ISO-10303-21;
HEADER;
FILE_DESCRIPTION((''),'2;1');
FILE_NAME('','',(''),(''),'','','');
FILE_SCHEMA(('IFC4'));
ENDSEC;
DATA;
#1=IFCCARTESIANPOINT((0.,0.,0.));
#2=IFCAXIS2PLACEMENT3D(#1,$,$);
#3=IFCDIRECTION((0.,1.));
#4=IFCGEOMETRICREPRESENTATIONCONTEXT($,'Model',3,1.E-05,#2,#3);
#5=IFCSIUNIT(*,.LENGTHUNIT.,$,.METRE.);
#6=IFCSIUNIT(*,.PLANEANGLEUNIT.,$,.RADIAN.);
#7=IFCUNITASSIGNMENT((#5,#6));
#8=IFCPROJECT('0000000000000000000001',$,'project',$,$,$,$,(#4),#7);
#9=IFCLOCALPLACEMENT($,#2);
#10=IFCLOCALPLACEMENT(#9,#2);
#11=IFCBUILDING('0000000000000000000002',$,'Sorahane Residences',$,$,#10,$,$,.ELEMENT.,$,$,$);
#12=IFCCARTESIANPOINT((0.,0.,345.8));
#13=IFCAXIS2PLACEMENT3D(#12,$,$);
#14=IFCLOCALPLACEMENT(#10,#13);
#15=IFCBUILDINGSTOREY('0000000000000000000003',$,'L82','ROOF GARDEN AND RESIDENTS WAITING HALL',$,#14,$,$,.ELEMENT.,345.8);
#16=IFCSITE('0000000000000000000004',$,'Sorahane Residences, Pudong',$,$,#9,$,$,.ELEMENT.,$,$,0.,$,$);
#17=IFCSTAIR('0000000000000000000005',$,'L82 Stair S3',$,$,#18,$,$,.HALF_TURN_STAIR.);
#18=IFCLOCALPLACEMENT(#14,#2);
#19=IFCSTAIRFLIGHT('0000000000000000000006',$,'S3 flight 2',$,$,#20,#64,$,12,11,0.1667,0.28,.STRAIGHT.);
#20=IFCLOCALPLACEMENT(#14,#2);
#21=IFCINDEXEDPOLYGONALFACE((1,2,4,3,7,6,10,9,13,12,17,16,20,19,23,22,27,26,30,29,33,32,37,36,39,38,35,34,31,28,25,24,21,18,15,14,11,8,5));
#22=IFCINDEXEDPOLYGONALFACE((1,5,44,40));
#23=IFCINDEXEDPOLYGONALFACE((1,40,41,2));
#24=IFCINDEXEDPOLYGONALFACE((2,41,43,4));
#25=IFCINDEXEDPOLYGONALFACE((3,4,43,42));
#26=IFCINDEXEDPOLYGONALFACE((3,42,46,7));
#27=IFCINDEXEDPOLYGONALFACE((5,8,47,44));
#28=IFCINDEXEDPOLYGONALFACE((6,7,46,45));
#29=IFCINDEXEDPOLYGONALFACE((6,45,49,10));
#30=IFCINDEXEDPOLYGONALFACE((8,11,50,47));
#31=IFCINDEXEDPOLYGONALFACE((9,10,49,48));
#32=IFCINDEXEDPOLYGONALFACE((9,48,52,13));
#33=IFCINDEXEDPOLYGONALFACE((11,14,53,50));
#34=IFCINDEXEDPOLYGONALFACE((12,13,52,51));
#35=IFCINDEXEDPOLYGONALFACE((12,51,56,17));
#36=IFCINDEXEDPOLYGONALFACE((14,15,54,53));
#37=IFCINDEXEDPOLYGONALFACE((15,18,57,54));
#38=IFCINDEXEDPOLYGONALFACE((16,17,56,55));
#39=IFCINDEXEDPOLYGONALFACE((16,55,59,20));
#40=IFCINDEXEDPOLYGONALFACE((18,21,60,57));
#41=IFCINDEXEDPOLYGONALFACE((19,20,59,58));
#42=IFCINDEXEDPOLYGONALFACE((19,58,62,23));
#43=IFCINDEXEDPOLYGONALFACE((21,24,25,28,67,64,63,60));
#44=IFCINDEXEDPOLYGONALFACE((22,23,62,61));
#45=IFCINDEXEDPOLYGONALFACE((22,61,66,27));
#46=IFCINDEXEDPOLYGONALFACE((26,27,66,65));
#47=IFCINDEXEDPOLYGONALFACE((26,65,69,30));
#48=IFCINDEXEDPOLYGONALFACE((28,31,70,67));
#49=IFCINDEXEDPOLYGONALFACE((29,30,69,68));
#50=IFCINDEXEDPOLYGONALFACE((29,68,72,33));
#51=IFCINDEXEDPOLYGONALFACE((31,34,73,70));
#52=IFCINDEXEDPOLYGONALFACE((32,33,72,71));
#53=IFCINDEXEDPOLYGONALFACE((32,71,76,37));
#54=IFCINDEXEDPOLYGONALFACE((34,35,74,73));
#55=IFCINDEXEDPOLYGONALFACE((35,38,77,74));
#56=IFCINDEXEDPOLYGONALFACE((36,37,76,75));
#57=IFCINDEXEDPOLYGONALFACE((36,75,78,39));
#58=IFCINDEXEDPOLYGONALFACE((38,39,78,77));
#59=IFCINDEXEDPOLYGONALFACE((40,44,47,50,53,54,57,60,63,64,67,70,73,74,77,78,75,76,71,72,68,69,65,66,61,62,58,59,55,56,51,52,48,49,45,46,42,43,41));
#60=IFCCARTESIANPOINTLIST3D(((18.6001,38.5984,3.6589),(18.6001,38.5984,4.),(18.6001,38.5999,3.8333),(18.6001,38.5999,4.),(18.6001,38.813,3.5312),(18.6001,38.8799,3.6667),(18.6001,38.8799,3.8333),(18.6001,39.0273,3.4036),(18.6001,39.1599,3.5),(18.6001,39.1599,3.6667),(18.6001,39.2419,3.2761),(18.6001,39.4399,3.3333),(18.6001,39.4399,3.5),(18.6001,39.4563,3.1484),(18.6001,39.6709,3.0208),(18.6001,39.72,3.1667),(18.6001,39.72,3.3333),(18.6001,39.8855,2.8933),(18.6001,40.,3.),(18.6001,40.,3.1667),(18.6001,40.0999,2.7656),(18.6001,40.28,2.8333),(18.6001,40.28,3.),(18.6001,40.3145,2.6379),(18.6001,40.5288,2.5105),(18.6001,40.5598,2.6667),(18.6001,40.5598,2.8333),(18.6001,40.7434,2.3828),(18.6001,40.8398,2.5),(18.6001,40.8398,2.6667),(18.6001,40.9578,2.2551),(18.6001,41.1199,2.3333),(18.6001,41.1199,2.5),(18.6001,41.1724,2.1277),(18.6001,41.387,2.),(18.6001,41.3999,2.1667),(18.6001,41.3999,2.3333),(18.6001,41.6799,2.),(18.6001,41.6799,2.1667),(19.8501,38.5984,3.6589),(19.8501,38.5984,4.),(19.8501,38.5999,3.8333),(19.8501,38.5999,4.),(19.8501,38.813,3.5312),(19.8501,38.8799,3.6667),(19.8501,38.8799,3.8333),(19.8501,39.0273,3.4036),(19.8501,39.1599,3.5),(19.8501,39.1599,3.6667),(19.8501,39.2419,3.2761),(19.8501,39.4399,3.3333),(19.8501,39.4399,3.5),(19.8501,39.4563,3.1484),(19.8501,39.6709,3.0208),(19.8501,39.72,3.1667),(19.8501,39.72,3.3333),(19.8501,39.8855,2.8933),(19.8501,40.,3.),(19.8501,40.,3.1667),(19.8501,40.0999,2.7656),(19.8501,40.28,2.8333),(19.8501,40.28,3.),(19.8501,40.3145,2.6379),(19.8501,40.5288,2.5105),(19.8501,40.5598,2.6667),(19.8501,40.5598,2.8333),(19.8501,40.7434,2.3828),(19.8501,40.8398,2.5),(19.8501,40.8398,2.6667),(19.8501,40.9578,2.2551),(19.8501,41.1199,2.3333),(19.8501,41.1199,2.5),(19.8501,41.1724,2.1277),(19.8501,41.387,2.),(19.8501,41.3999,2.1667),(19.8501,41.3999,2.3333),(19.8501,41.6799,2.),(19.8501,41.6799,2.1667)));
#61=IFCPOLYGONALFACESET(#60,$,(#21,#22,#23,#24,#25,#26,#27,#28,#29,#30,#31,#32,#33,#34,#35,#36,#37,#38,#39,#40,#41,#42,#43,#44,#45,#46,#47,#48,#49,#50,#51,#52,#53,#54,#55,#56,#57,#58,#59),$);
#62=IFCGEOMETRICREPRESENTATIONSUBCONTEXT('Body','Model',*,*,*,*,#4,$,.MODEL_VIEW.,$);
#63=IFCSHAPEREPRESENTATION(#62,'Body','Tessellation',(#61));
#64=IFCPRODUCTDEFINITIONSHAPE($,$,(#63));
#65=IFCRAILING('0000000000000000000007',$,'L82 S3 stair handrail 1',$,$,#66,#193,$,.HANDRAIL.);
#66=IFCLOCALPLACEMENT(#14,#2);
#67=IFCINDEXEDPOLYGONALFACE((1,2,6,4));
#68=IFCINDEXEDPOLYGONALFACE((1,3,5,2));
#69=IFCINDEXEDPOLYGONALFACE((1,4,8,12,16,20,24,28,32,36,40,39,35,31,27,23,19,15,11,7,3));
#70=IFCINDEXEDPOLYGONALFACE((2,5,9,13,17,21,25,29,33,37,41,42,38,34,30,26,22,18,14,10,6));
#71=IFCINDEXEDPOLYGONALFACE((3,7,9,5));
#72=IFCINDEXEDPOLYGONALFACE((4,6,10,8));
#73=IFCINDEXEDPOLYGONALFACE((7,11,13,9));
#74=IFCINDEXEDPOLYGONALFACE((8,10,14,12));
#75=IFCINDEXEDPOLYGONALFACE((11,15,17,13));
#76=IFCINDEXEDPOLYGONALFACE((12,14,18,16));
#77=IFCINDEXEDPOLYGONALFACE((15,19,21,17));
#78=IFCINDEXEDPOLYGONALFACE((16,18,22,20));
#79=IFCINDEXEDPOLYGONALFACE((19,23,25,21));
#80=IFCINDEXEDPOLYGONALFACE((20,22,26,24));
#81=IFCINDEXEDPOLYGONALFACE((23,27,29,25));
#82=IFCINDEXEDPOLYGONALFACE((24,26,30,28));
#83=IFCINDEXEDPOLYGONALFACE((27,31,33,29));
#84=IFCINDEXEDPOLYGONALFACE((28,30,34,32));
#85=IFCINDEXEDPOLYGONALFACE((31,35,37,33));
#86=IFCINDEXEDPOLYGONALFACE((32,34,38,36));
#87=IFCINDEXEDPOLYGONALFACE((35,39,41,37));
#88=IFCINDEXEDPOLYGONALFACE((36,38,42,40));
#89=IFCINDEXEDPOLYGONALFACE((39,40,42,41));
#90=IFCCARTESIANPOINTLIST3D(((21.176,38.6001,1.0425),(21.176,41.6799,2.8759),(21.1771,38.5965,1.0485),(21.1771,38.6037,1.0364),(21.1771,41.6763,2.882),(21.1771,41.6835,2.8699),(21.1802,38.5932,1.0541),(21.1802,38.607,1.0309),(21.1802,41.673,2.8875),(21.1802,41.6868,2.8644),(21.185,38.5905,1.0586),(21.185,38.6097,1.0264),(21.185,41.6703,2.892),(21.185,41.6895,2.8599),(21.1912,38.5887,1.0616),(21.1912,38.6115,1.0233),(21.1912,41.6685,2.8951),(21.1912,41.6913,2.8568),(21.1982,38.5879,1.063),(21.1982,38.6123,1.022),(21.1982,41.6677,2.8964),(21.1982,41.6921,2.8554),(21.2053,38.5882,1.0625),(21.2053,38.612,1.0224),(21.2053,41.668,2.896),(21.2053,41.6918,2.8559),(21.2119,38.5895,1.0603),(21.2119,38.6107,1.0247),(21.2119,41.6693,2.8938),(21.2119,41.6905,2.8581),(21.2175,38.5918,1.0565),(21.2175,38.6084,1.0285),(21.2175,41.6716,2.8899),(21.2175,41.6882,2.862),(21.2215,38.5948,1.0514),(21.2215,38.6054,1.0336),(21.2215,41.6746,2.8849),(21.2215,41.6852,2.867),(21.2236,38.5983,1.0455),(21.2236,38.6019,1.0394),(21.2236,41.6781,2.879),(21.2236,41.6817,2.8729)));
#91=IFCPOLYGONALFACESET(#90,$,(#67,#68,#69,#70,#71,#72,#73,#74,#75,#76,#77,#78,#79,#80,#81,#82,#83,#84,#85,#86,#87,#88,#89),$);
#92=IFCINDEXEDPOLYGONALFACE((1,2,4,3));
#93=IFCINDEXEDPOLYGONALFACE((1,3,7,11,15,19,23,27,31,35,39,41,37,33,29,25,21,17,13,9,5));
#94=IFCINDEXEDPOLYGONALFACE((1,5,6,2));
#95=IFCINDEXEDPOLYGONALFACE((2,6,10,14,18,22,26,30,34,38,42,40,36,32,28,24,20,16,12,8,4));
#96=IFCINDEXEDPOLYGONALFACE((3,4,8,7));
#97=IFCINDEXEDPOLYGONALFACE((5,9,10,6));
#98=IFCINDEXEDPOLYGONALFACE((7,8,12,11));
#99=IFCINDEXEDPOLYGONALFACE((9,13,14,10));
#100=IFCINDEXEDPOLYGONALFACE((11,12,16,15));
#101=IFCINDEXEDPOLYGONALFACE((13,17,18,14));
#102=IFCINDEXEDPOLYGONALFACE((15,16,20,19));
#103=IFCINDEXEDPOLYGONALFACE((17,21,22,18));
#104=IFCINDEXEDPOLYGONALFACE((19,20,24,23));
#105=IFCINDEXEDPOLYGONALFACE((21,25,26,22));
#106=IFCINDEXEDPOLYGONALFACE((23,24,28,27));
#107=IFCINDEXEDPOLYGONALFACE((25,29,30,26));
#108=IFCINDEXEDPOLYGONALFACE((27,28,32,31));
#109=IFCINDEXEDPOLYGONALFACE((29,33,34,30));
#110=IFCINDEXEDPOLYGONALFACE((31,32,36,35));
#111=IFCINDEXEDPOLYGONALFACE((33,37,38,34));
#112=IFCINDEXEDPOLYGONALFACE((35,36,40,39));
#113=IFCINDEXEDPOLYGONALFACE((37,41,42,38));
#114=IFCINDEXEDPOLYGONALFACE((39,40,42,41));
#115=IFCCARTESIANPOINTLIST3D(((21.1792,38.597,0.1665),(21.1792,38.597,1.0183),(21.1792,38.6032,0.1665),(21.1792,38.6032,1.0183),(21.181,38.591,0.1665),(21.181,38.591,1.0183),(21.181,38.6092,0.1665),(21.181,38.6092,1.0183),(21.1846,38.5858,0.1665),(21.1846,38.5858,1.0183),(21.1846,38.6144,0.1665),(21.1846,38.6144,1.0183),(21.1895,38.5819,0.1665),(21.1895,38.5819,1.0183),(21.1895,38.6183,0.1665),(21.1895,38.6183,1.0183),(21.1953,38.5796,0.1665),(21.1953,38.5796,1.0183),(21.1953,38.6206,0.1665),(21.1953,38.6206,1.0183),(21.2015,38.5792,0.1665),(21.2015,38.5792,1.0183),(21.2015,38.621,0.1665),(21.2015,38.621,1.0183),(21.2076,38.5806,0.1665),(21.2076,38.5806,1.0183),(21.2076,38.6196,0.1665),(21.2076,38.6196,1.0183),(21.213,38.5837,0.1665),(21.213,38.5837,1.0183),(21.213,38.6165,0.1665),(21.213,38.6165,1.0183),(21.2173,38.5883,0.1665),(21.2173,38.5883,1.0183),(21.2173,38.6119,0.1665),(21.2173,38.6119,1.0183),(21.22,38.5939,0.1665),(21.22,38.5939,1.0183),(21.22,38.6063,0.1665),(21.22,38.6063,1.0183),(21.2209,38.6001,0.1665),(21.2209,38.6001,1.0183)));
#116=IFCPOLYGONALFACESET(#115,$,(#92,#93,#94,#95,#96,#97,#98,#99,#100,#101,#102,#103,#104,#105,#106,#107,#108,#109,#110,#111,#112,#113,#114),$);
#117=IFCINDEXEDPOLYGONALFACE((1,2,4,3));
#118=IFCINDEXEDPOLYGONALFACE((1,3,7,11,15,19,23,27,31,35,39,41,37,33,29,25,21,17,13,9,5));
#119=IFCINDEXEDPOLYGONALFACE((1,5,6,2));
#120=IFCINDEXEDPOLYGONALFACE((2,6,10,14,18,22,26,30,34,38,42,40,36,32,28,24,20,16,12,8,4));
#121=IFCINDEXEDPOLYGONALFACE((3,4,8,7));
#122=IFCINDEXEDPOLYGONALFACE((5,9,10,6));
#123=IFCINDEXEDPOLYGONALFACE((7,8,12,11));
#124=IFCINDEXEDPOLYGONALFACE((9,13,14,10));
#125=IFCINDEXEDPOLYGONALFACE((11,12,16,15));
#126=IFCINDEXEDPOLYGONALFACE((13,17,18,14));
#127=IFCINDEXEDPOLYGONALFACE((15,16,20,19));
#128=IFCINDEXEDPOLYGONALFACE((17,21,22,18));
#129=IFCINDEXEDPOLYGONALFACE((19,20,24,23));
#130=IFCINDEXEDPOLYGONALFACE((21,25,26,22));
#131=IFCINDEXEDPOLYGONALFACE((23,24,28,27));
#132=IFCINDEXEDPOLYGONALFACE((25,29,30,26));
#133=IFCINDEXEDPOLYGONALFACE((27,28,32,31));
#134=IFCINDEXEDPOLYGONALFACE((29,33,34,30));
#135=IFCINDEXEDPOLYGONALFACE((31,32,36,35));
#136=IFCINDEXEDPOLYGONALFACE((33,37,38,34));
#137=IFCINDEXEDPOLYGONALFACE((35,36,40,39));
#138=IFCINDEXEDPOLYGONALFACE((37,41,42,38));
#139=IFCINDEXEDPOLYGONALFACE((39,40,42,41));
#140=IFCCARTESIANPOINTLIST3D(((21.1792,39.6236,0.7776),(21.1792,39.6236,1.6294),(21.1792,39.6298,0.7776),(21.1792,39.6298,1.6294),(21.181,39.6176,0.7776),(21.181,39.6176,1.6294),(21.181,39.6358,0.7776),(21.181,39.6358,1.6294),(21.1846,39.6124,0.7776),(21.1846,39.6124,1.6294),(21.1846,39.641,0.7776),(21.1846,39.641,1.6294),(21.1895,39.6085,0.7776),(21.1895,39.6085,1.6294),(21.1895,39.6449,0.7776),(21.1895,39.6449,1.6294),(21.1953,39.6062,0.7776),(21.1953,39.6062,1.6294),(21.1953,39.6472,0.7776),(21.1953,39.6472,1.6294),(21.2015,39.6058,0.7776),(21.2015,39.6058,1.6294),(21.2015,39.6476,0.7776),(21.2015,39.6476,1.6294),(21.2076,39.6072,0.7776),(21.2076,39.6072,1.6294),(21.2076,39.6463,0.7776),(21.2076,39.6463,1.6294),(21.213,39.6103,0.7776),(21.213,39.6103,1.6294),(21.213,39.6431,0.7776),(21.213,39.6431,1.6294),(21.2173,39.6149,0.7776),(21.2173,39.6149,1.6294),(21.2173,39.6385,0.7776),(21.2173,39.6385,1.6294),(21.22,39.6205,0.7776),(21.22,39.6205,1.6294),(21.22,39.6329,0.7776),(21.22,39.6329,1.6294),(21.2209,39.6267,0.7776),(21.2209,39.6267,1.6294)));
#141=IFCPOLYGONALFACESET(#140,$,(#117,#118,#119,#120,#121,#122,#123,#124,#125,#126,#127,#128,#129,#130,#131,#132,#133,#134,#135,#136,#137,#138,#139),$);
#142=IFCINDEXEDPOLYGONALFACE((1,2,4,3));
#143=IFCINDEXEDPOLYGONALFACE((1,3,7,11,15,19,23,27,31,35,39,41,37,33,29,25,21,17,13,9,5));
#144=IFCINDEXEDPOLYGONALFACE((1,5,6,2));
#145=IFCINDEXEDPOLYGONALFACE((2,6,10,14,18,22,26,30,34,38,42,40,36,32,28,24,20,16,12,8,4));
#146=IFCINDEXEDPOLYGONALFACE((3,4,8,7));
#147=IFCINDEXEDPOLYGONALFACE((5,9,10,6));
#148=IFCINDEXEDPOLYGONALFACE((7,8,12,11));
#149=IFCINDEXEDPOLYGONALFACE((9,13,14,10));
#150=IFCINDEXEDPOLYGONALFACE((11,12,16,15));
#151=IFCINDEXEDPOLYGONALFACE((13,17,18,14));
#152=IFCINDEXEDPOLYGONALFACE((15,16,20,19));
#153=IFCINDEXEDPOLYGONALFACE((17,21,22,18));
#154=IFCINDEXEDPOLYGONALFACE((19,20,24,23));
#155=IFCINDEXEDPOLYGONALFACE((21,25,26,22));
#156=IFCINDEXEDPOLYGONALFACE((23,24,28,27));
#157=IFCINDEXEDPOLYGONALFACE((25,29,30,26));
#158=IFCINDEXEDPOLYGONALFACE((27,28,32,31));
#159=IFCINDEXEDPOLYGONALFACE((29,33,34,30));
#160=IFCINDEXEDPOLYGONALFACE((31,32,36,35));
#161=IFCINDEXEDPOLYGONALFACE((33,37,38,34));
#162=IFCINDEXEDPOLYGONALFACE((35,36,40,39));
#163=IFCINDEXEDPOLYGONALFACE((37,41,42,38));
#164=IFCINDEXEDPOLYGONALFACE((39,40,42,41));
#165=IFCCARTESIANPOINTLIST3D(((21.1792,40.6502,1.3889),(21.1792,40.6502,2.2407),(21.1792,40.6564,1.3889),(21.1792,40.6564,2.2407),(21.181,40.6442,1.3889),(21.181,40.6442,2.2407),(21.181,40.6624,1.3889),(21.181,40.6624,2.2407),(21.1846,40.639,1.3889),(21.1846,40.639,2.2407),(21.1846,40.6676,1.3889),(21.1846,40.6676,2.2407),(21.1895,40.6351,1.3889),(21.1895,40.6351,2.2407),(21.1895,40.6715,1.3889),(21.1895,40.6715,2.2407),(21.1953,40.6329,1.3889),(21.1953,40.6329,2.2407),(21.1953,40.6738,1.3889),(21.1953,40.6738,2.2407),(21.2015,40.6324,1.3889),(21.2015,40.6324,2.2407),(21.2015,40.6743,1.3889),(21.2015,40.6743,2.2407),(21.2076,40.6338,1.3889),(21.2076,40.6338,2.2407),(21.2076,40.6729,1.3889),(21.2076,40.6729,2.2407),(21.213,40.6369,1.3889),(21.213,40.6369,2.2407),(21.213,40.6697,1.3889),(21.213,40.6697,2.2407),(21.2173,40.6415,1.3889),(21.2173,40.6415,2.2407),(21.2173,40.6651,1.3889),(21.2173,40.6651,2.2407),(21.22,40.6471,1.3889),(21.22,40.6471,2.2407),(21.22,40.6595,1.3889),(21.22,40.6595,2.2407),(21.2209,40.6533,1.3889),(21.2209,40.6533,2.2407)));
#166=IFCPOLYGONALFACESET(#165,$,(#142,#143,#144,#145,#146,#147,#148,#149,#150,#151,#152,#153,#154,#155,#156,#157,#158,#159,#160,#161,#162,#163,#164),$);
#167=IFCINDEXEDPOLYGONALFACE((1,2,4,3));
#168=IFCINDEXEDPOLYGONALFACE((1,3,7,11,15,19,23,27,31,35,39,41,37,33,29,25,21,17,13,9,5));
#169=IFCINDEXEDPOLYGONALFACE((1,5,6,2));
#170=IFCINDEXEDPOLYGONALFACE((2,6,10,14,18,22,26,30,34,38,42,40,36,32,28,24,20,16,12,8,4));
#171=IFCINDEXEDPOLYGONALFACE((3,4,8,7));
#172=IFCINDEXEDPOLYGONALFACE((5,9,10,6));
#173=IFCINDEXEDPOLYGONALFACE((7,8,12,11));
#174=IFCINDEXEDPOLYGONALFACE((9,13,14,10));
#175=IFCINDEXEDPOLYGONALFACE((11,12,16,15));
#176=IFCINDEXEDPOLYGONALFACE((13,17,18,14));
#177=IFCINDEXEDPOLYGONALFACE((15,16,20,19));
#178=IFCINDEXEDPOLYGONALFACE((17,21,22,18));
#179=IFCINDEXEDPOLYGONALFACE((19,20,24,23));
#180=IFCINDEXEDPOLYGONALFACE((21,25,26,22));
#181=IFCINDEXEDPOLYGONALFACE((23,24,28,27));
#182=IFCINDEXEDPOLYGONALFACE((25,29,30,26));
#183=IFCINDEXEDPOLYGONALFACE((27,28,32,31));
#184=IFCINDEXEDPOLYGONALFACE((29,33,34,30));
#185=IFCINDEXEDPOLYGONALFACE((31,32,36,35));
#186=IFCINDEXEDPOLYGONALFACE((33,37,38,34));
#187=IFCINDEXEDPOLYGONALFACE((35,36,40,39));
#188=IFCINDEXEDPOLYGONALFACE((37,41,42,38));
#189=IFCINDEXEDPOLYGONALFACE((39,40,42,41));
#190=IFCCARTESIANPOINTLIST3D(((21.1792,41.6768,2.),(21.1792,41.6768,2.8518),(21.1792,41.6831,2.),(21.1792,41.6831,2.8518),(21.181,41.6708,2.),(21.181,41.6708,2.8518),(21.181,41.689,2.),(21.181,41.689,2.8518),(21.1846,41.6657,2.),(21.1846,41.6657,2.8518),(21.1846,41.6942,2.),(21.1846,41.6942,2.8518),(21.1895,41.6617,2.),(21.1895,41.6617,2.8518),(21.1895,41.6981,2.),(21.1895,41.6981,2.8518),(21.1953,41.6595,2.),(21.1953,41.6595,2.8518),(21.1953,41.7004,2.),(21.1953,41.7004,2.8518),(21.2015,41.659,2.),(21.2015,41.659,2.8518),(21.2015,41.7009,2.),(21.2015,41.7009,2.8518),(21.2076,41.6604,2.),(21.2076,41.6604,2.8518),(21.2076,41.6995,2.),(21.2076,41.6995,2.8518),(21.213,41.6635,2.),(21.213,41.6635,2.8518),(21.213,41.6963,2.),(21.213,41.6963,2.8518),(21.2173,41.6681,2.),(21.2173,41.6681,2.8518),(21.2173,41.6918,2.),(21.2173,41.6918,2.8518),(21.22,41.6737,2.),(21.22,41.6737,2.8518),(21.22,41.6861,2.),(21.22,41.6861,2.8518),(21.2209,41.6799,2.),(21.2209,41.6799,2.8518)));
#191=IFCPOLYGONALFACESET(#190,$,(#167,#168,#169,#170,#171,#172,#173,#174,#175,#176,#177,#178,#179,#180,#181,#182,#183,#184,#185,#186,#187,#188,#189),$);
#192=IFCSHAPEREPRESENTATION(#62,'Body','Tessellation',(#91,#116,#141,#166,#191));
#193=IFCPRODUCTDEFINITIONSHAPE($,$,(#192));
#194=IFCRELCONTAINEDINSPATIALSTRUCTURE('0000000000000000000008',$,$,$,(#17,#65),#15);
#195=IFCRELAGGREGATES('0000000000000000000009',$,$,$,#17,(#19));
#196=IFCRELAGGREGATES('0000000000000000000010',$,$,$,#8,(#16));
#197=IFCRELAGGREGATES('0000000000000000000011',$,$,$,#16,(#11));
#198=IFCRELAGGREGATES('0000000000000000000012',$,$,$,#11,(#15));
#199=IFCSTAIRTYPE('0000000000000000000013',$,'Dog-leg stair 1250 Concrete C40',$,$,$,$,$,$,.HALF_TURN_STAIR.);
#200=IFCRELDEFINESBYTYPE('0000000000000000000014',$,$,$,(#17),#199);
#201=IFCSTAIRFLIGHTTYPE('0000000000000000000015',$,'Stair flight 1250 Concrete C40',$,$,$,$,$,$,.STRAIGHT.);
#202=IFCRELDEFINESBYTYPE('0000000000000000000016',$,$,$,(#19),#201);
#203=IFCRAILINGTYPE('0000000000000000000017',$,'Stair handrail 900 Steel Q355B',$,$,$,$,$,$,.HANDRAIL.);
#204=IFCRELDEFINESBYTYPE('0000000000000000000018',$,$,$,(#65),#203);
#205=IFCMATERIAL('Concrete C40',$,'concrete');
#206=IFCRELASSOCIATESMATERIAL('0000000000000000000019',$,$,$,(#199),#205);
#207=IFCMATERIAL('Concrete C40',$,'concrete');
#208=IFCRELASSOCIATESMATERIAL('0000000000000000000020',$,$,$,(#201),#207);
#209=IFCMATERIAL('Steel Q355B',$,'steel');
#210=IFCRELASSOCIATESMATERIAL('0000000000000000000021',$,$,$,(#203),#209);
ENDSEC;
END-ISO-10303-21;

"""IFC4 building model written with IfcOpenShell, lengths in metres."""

from ifc_helpers import new_model, si_unit, direction, frame, origin, origin_2d, place, context, subcontext, project, spatial, polyline, circle, outline, extrude, material, type_object, element, aggregate, save


model = new_model("IFC4")

# Units and contexts
model_context = context("Model", 3, precision=1e-05, world=origin(), true_north=direction((0.0, 1.0)))
body_context = subcontext(model_context, "Body", "Model", "MODEL_VIEW")
ifc_project = project(units=[si_unit("LENGTHUNIT", "METRE"), si_unit("PLANEANGLEUNIT", "RADIAN")], contexts=[model_context])

# Site, building, storey
site_placement = place(None, origin())
site = spatial("IfcSite", under=ifc_project, at=site_placement, Name="Sorahane Residences, Pudong", CompositionType="ELEMENT", RefElevation=0.0)
building_placement = place(site_placement, origin())
building = spatial("IfcBuilding", under=site, at=building_placement, Name="Sorahane Residences", CompositionType="ELEMENT")
storey_placement = place(building_placement, frame((0.0, 0.0, 345.8)))
storey = spatial("IfcBuildingStorey", under=building, at=storey_placement, Name="L82", Description="ROOF GARDEN AND RESIDENTS WAITING HALL", CompositionType="ELEMENT", Elevation=345.8)

# Stair, stair flight
ifc_material_1 = material(Name="Concrete C40", Category="concrete")
stair_type = type_object("IfcStairType", Name="Dog-leg stair 1250 Concrete C40", PredefinedType="HALF_TURN_STAIR", material=ifc_material_1)
stair_placement = place(storey_placement, origin())
stair = element("IfcStair", 1, at=stair_placement, inside=storey, type_object=stair_type, Name="L82 Stair S3", PredefinedType="HALF_TURN_STAIR")
ifc_material_2 = material(Name="Concrete C40", Category="concrete")
stair_flight_type = type_object("IfcStairFlightType", Name="Stair flight 1250 Concrete C40", PredefinedType="STRAIGHT", material=ifc_material_2)
stair_flight_1_placement = place(storey_placement, frame((19.2251, 41.6799, 2.0), z_axis=(0.0, 0.0, 1.0), x_axis=(0.0, -1.0, 0.0)))
stair_flight_1 = element("IfcStairFlight", 2, at=stair_flight_1_placement, type_object=stair_flight_type, Name="S3 flight 2", NumberOfRisers=12, NumberOfTreads=11, PredefinedType="STRAIGHT", RiserHeight=0.1667, TreadLength=0.28, context=body_context, shape_type="SweptSolid", body=[
    extrude(outline(polyline([(0.0, 0.0), (0.0, 0.1667), (0.28, 0.1667), (0.28, 0.3333), (0.5601, 0.3333), (0.5601, 0.5), (0.8401, 0.5), (0.8401, 0.6667), (1.1201, 0.6667), (1.1201, 0.8333), (1.3999, 0.8333), (1.3999, 1.0), (1.6799, 1.0), (1.6799, 1.1667), (1.96, 1.1667), (1.96, 1.3333), (2.24, 1.3333), (2.24, 1.5), (2.52, 1.5), (2.52, 1.6667), (2.8, 1.6667), (2.8, 1.8333), (3.0801, 1.8333), (3.0801, 2.0), (3.0815, 2.0), (3.0815, 1.6589), (2.8669, 1.5312), (2.6526, 1.4036), (2.438, 1.2761), (2.2236, 1.1484), (2.009, 1.0208), (1.7944, 0.8933), (1.5801, 0.7656), (1.3655, 0.6379), (1.1511, 0.5105), (0.9365, 0.3828), (0.7222, 0.2551), (0.5076, 0.1277), (0.293, 0.0), (0.0, 0.0)])), frame((0.0, 0.625, 0.0), z_axis=(0.0, -1.0, 0.0), x_axis=(1.0, 0.0, 0.0)), (0.0, 0.0, 1.0), 1.25),
])
aggregate(stair, [stair_flight_1])

# Railing
ifc_material_3 = material(Name="Steel Q355B", Category="steel")
railing_type_1 = type_object("IfcRailingType", Name="Stair handrail 900 Steel Q355B", PredefinedType="HANDRAIL", material=ifc_material_3)
railing_1_placement = place(storey_placement, frame((21.2, 38.6001, 0.1665)))
element("IfcRailing", 3, at=railing_1_placement, inside=storey, type_object=railing_type_1, Name="L82 S3 stair handrail 1", PredefinedType="HANDRAIL", context=body_context, shape_type="SweptSolid", body=[
    extrude(circle(Radius=0.0239, at=origin_2d()), frame((0.0, 0.0, 0.876), z_axis=(0.0, 0.859261, 0.511538), x_axis=(-1.0, 0.0, 0.0)), (0.0, 0.0, 1.0), 3.5842),
    extrude(circle(Radius=0.021, at=origin_2d()), origin(), (0.0, 0.0, 1.0), 0.8518),
    extrude(circle(Radius=0.021, at=origin_2d()), frame((0.0, 1.0266, 0.6111)), (0.0, 0.0, 1.0), 0.8518),
    extrude(circle(Radius=0.021, at=origin_2d()), frame((0.0, 2.0532, 1.2224)), (0.0, 0.0, 1.0), 0.8518),
    extrude(circle(Radius=0.021, at=origin_2d()), frame((0.0, 3.0798, 1.8335)), (0.0, 0.0, 1.0), 0.8518),
])

save(model, "model.ifc")
